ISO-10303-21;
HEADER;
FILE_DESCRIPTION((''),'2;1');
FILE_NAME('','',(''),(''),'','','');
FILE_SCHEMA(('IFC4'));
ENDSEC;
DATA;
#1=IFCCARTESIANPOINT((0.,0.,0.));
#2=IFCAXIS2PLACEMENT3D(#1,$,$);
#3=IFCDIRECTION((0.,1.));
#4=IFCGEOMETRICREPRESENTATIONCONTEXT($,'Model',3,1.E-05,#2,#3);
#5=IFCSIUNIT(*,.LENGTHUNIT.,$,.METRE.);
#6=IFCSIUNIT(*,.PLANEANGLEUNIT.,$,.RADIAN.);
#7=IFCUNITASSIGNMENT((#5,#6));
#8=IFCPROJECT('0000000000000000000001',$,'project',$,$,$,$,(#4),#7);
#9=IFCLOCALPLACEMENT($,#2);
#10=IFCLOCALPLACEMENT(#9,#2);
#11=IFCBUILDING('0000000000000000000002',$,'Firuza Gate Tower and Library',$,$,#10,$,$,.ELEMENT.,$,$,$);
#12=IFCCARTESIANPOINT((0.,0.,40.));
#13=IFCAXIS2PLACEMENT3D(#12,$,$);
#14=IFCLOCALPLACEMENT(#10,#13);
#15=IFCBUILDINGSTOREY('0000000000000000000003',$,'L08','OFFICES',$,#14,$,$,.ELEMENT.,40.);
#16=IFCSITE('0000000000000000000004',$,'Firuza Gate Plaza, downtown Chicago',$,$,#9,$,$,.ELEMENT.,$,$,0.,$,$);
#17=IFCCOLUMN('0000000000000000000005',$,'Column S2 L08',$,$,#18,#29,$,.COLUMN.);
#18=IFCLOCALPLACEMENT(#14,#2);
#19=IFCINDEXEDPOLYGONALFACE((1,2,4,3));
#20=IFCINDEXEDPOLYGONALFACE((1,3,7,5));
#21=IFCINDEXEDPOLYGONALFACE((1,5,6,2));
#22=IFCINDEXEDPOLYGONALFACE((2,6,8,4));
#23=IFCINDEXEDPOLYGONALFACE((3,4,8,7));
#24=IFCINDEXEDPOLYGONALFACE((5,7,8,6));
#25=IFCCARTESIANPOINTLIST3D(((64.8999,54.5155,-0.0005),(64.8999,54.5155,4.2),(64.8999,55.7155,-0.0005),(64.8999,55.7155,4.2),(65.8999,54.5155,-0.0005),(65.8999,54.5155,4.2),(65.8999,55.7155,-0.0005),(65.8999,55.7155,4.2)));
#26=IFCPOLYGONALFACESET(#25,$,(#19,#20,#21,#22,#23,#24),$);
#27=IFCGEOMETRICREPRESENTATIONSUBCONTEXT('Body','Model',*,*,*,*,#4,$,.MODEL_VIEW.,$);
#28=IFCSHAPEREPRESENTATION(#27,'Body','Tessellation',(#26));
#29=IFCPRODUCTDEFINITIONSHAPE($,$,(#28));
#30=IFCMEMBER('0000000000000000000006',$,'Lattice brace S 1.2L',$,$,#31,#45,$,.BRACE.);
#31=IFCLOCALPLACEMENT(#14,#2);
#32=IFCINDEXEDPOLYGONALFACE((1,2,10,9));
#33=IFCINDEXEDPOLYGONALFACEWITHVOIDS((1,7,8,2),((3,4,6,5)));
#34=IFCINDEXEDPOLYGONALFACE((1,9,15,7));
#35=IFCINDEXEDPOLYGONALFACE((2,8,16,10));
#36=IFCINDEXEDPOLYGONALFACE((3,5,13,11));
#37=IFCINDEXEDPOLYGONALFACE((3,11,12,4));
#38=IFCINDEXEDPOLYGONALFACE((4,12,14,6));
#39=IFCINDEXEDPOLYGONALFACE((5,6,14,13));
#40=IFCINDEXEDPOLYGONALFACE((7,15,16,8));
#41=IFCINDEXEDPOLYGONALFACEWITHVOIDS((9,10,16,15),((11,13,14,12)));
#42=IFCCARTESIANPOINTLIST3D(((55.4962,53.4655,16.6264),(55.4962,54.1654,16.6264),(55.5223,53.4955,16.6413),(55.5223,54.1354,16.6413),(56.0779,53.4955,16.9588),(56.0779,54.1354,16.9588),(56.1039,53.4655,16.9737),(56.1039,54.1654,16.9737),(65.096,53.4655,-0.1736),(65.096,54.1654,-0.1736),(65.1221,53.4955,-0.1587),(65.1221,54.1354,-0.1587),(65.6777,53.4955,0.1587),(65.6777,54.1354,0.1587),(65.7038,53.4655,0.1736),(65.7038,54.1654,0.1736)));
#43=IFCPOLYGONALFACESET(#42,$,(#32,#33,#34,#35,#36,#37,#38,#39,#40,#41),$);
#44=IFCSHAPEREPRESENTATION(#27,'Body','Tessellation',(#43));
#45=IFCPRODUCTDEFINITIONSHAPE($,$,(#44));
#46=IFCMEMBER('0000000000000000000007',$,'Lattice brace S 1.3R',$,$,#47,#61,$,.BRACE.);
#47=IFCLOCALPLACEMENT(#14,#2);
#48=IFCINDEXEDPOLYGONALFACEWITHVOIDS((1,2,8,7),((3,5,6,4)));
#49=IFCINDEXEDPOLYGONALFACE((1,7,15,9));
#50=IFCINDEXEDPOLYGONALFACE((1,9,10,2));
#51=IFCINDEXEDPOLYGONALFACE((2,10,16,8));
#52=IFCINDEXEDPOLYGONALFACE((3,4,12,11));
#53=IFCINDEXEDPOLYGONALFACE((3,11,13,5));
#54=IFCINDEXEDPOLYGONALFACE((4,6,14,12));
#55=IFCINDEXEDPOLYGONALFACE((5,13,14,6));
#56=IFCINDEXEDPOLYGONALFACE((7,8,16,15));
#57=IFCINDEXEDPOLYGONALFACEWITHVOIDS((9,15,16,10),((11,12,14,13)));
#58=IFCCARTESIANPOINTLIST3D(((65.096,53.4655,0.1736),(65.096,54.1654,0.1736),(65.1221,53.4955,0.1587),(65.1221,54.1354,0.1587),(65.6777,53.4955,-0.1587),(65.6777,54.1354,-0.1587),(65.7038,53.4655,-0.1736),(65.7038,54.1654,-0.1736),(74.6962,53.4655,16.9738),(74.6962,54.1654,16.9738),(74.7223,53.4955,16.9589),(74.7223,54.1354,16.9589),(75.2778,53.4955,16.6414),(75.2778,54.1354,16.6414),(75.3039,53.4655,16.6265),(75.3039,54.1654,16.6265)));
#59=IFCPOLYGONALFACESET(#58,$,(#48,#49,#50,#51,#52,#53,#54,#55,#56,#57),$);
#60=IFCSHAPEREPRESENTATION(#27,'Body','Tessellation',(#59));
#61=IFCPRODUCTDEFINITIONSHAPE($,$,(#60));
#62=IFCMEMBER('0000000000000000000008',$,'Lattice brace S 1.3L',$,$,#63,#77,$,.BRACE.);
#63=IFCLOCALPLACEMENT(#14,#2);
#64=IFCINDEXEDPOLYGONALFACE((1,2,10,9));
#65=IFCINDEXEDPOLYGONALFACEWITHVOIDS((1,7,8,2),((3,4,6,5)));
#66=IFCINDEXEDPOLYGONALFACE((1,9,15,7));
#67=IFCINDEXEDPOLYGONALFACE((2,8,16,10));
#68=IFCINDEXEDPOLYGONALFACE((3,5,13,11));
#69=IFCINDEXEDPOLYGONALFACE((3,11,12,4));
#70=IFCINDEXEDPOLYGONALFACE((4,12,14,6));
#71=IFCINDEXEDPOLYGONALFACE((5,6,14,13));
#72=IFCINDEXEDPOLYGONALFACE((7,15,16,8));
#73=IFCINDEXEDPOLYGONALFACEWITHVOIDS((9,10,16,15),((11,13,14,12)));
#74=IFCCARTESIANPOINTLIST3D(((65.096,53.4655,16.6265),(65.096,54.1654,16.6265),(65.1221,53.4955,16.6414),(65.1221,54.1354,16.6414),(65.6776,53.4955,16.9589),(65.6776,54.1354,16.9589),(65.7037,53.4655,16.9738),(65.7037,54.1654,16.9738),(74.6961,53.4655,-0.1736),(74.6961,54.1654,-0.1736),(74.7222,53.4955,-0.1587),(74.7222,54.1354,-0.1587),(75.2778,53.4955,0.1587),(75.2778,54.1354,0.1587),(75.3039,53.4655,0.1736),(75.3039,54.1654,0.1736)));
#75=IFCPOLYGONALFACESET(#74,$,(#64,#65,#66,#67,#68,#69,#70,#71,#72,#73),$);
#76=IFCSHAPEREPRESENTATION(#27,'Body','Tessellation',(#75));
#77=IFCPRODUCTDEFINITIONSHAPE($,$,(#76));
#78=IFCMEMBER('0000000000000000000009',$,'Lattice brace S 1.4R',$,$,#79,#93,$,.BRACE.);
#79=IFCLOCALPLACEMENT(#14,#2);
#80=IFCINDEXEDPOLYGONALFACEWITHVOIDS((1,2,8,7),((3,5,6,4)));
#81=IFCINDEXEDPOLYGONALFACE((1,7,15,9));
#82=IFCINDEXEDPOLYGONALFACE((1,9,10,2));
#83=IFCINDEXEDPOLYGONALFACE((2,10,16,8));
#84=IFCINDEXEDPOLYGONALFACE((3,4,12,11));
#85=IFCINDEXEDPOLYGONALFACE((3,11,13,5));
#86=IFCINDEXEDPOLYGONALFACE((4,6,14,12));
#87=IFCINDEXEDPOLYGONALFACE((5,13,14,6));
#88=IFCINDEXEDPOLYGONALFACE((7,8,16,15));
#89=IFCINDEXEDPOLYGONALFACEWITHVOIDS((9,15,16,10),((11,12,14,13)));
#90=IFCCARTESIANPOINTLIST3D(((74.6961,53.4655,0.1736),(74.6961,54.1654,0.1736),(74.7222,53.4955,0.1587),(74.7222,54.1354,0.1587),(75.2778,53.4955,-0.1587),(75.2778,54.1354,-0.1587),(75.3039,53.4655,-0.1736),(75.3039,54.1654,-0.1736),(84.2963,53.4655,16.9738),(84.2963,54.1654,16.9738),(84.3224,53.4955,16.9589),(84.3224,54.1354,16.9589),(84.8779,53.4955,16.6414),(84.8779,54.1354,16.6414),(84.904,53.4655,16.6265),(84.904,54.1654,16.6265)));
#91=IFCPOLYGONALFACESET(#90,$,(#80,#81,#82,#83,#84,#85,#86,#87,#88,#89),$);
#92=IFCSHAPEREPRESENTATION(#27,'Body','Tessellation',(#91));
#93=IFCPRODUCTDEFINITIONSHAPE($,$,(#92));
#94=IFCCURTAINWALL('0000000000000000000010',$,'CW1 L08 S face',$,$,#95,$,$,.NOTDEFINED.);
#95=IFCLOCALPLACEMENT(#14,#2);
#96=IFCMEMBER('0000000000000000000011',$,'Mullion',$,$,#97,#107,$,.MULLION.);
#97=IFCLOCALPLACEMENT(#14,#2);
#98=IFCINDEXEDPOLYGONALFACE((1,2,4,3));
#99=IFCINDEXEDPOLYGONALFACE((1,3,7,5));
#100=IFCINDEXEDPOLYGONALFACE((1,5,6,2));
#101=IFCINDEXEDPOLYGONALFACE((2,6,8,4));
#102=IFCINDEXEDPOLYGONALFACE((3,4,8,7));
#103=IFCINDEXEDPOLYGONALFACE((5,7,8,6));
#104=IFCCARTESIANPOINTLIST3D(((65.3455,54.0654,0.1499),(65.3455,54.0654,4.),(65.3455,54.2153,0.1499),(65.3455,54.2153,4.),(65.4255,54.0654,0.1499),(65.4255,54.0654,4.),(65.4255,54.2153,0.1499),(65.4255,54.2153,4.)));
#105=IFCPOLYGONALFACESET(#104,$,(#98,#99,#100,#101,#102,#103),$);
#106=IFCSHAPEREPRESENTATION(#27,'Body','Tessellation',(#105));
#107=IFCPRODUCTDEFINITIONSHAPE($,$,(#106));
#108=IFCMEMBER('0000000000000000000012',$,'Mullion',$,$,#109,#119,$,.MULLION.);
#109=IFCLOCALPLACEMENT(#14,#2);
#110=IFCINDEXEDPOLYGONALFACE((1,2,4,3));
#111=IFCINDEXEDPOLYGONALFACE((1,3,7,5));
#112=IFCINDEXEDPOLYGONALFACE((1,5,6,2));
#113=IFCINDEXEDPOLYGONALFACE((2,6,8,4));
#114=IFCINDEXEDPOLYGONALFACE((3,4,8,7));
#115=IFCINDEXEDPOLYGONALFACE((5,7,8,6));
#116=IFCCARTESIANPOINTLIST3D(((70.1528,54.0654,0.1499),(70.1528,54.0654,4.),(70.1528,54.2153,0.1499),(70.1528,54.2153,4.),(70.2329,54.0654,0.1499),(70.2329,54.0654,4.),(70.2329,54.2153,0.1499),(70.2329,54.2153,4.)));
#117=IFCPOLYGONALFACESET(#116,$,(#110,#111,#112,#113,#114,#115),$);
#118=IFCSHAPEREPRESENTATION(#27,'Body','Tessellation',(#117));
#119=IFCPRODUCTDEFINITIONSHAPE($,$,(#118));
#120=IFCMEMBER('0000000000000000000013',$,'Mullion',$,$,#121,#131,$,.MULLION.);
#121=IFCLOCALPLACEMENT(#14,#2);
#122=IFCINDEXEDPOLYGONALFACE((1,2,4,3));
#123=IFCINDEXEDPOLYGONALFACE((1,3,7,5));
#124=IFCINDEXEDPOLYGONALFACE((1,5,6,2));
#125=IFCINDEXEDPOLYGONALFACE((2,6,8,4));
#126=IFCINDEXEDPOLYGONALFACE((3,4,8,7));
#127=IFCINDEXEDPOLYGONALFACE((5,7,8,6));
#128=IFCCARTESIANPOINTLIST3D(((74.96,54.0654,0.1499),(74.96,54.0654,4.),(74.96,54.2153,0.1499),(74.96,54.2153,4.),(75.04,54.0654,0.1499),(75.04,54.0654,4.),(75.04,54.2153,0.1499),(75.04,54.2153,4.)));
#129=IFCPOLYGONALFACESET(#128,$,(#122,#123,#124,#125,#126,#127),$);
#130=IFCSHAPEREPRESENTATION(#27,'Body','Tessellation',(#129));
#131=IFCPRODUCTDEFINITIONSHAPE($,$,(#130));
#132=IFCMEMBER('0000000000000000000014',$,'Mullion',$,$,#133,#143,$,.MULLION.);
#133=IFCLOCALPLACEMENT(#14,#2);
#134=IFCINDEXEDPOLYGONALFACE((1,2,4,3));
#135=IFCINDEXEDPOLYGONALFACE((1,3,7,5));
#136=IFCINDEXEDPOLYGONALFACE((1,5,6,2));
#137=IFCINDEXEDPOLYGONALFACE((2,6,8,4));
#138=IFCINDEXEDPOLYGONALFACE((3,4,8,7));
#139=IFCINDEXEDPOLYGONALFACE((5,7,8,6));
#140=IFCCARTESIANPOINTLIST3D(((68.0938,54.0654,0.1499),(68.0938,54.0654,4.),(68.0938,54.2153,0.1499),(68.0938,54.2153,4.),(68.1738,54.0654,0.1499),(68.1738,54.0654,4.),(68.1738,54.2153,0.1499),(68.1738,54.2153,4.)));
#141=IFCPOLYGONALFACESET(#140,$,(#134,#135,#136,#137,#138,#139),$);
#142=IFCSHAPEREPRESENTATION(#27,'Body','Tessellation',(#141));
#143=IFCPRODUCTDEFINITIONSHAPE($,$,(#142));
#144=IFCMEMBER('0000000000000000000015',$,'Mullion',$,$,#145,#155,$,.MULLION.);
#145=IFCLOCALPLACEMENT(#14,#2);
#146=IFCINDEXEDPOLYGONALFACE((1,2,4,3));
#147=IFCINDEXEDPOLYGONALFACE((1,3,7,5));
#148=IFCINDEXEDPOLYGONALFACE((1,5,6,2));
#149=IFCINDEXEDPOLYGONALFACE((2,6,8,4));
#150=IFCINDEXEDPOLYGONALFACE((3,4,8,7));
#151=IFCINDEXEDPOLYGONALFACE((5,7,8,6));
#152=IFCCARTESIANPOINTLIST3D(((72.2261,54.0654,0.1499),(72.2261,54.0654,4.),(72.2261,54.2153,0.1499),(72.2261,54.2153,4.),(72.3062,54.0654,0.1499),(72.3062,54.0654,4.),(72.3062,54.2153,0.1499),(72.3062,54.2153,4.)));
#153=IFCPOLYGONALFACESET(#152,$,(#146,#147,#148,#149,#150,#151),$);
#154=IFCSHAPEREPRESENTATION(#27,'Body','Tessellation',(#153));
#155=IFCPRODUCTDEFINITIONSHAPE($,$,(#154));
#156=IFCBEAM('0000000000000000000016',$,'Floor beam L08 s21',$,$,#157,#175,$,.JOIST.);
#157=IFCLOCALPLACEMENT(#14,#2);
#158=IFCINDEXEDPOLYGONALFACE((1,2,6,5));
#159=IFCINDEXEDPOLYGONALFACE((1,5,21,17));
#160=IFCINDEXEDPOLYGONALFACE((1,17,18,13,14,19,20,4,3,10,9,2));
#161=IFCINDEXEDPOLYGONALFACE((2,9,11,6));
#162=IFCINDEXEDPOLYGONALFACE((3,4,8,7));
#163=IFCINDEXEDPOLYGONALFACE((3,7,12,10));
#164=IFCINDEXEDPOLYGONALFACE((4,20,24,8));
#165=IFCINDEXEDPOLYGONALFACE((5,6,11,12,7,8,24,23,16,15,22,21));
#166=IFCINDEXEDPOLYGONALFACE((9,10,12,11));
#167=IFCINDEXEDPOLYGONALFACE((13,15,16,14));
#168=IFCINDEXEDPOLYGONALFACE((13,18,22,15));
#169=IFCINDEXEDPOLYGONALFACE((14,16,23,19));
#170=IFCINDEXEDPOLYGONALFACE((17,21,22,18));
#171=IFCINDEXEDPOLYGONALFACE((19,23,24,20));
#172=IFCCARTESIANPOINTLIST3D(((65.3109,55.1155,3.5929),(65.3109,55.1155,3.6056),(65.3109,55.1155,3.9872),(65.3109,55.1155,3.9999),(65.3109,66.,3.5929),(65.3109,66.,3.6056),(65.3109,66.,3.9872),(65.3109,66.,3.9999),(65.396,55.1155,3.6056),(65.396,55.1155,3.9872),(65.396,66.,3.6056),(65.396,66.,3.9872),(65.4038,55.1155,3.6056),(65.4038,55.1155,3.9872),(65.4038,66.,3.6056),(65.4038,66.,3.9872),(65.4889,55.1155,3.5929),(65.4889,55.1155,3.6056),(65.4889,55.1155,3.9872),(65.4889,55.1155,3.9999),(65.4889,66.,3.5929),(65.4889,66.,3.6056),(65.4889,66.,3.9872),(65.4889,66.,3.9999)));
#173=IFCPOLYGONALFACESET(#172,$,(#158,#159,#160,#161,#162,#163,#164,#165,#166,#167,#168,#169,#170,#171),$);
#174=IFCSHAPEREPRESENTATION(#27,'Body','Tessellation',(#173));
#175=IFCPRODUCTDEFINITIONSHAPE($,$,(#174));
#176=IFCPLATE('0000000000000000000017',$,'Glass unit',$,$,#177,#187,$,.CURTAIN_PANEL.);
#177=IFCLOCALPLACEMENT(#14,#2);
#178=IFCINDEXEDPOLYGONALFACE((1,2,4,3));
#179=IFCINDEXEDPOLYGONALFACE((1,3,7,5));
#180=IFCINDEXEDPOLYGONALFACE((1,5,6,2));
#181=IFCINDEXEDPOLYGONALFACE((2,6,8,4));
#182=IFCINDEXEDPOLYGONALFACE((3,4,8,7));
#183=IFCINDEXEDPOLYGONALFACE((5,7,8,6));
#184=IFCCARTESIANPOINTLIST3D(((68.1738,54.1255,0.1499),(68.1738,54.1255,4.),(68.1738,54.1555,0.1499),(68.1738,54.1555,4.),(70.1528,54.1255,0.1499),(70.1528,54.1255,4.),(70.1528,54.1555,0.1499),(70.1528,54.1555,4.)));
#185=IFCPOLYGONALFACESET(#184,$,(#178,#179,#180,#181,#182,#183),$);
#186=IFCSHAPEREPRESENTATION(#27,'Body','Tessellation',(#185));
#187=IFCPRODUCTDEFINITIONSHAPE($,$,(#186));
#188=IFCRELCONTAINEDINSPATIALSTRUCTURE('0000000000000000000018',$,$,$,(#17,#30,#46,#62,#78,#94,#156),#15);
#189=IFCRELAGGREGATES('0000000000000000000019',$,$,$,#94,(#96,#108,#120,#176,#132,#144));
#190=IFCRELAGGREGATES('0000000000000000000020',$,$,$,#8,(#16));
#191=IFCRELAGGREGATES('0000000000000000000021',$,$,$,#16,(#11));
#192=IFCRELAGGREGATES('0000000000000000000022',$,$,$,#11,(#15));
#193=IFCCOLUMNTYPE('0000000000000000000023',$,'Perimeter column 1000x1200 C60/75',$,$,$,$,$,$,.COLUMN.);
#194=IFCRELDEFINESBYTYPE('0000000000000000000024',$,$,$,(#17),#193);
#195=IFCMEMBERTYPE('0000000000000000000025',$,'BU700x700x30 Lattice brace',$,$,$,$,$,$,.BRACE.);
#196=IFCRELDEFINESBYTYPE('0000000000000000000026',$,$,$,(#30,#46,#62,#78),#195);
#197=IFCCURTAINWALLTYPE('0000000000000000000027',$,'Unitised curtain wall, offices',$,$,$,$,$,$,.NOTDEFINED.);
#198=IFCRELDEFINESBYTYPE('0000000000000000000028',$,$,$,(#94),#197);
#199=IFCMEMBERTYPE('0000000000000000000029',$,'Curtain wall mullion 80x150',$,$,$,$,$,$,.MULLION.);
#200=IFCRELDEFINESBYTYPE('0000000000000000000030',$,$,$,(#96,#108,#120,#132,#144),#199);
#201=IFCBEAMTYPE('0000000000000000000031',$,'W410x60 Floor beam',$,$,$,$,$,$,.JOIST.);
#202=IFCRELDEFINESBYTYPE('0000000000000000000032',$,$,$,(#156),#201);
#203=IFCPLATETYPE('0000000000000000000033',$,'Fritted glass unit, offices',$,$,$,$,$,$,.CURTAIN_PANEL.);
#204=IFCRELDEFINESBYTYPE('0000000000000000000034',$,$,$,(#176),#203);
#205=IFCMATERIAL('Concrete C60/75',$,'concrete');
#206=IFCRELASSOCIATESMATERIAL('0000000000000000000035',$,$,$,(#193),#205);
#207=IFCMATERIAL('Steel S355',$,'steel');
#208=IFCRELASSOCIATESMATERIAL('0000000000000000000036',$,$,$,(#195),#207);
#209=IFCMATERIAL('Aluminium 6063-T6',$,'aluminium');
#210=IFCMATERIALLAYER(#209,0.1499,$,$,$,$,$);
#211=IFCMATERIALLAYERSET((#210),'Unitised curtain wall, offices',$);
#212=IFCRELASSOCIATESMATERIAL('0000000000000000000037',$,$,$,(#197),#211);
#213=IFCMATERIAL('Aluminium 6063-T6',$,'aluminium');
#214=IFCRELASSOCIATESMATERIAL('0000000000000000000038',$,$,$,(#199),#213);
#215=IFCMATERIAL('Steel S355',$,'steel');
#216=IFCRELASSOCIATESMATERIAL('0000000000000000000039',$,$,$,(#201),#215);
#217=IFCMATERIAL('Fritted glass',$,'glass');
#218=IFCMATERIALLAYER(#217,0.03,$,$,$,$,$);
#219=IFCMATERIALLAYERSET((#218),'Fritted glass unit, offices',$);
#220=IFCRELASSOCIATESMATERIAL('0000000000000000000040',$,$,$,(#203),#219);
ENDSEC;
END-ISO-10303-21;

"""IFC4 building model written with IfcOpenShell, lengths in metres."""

from ifc_helpers import new_model, si_unit, direction, frame, origin, origin_2d, place, context, subcontext, project, spatial, polyline, rectangle, hollow_rectangle, i_section, outline, extrude, material, layer, layer_set, material_profile, profile_set, type_object, element, aggregate, save


model = new_model("IFC4")

# Units and contexts
model_context = context("Model", 3, precision=1e-05, world=origin(), true_north=direction((0.0, 1.0)))
body_context = subcontext(model_context, "Body", "Model", "MODEL_VIEW")
ifc_project = project(units=[si_unit("LENGTHUNIT", "METRE"), si_unit("PLANEANGLEUNIT", "RADIAN")], contexts=[model_context])

# Site, building, storey
site_placement = place(None, origin())
site = spatial("IfcSite", under=ifc_project, at=site_placement, Name="Firuza Gate Plaza, downtown Chicago", CompositionType="ELEMENT", RefElevation=0.0)
building_placement = place(site_placement, origin())
building = spatial("IfcBuilding", under=site, at=building_placement, Name="Firuza Gate Tower and Library", CompositionType="ELEMENT")
storey_placement = place(building_placement, frame((0.0, 0.0, 40.0)))
storey = spatial("IfcBuildingStorey", under=building, at=storey_placement, Name="L08", Description="OFFICES", CompositionType="ELEMENT", Elevation=40.0)

# Column
ifc_material_1 = material(Name="Concrete C60/75", Category="concrete")
ifc_material_profile_1 = material_profile(ifc_material_1, rectangle(XDim=1.0, YDim=1.2, at=origin_2d()))
ifc_profile_set_1 = profile_set([ifc_material_profile_1], Name="Concrete C60/75")
column_type = type_object("IfcColumnType", Name="Perimeter column 1000x1200 C60/75", PredefinedType="COLUMN", material=ifc_profile_set_1)
column_placement = place(storey_placement, frame((65.3999, 55.1155, -0.0005), z_axis=(0.0, 0.0, 1.0), x_axis=(1.0, 0.0, 0.0)))
element("IfcColumn", 1, at=column_placement, inside=storey, type_object=column_type, Name="Column S2 L08", PredefinedType="COLUMN", context=body_context, shape_type="SweptSolid", body=[
    extrude(rectangle(XDim=1.0, YDim=1.2, at=origin_2d()), origin(), (0.0, 0.0, 1.0), 4.2004),
])

# Members
ifc_material_2 = material(Name="Steel S355", Category="steel")
ifc_material_profile_2 = material_profile(ifc_material_2, hollow_rectangle(XDim=0.7, YDim=0.7, WallThickness=0.03, at=origin_2d()))
ifc_profile_set_2 = profile_set([ifc_material_profile_2], Name="Steel S355")
member_type_1 = type_object("IfcMemberType", Name="BU700x700x30 Lattice brace", PredefinedType="BRACE", material=ifc_profile_set_2)
member_1_placement = place(storey_placement, frame((65.3999, 53.8154, 0.0), z_axis=(-0.496132, 0.0, 0.868247), x_axis=(0.0, -1.0, 0.0)))
element("IfcMember", 2, at=member_1_placement, inside=storey, type_object=member_type_1, Name="Lattice brace S 1.2L", PredefinedType="BRACE", context=body_context, shape_type="SweptSolid", body=[
    extrude(hollow_rectangle(XDim=0.7, YDim=0.7, WallThickness=0.03, at=origin_2d()), origin(), (0.0, 0.0, 1.0), 19.3494),
])
for number, where, z_axis, x_axis, name in (
    (3, (65.3999, 53.8154, 0.0), (0.496142, 0.0, 0.868242), (0.0, 1.0, 0.0), "Lattice brace S 1.3R"),
    (4, (75.0, 53.8154, 0.0), (-0.496142, 0.0, 0.868242), (0.0, -1.0, 0.0), "Lattice brace S 1.3L"),
    (5, (75.0, 53.8154, 0.0), (0.496142, 0.0, 0.868242), (0.0, 1.0, 0.0), "Lattice brace S 1.4R"),
):
    element("IfcMember", number, at=place(storey_placement, frame(where, z_axis=z_axis, x_axis=x_axis)), inside=storey, type_object=member_type_1, Name=name, PredefinedType="BRACE", context=body_context, shape_type="SweptSolid", body=[
        extrude(hollow_rectangle(XDim=0.7, YDim=0.7, WallThickness=0.03, at=origin_2d()), origin(), (0.0, 0.0, 1.0), 19.3496),
    ])

# Curtain wall, members
ifc_material_3 = material(Name="Aluminium 6063-T6", Category="aluminium")
ifc_layer_1 = layer(ifc_material_3, 0.1499)
ifc_layer_set_1 = layer_set([ifc_layer_1], Name="Unitised curtain wall, offices")
curtain_wall_type = type_object("IfcCurtainWallType", Name="Unitised curtain wall, offices", PredefinedType="NOTDEFINED", material=ifc_layer_set_1)
curtain_wall_placement = place(storey_placement, origin())
curtain_wall = element("IfcCurtainWall", 6, at=curtain_wall_placement, inside=storey, type_object=curtain_wall_type, Name="CW1 L08 S face", PredefinedType="NOTDEFINED")
ifc_material_4 = material(Name="Aluminium 6063-T6", Category="aluminium")
ifc_material_profile_3 = material_profile(ifc_material_4, rectangle(XDim=0.1499, YDim=0.0801, at=origin_2d()))
ifc_profile_set_3 = profile_set([ifc_material_profile_3], Name="Aluminium 6063-T6")
member_type_2 = type_object("IfcMemberType", Name="Curtain wall mullion 80x150", PredefinedType="MULLION", material=ifc_profile_set_3)
member_2_placement = place(storey_placement, frame((65.3855, 54.1404, 0.1499), z_axis=(0.0, 0.0, 1.0), x_axis=(0.0, 1.0, 0.0)))
member_2 = element("IfcMember", 7, at=member_2_placement, type_object=member_type_2, Name="Mullion", PredefinedType="MULLION", context=body_context, shape_type="SweptSolid", body=[
    extrude(rectangle(XDim=0.1499, YDim=0.0801, at=origin_2d()), origin(), (0.0, 0.0, 1.0), 3.8501),
])
member_3_placement = place(storey_placement, frame((70.1929, 54.1404, 0.1499), z_axis=(0.0, 0.0, 1.0), x_axis=(0.0, 1.0, 0.0)))
member_3 = element("IfcMember", 8, at=member_3_placement, type_object=member_type_2, Name="Mullion", PredefinedType="MULLION", context=body_context, shape_type="SweptSolid", body=[
    extrude(rectangle(XDim=0.1499, YDim=0.0801, at=origin_2d()), origin(), (0.0, 0.0, 1.0), 3.8501),
])
member_4_placement = place(storey_placement, frame((75.0, 54.1404, 0.1499), z_axis=(0.0, 0.0, 1.0), x_axis=(0.0, 1.0, 0.0)))
member_4 = element("IfcMember", 9, at=member_4_placement, type_object=member_type_2, Name="Mullion", PredefinedType="MULLION", context=body_context, shape_type="SweptSolid", body=[
    extrude(rectangle(XDim=0.1499, YDim=0.0801, at=origin_2d()), origin(), (0.0, 0.0, 1.0), 3.8501),
])
member_5_placement = place(storey_placement, frame((68.1338, 54.1404, 0.1499), z_axis=(0.0, 0.0, 1.0), x_axis=(0.0, 1.0, 0.0)))
member_5 = element("IfcMember", 10, at=member_5_placement, type_object=member_type_2, Name="Mullion", PredefinedType="MULLION", context=body_context, shape_type="SweptSolid", body=[
    extrude(rectangle(XDim=0.1499, YDim=0.0801, at=origin_2d()), origin(), (0.0, 0.0, 1.0), 3.8501),
])
member_6_placement = place(storey_placement, frame((72.2661, 54.1404, 0.1499), z_axis=(0.0, 0.0, 1.0), x_axis=(0.0, 1.0, 0.0)))
member_6 = element("IfcMember", 11, at=member_6_placement, type_object=member_type_2, Name="Mullion", PredefinedType="MULLION", context=body_context, shape_type="SweptSolid", body=[
    extrude(rectangle(XDim=0.1499, YDim=0.0801, at=origin_2d()), origin(), (0.0, 0.0, 1.0), 3.8501),
])

# Beam
ifc_material_5 = material(Name="Steel S355", Category="steel")
ifc_material_profile_4 = material_profile(ifc_material_5, i_section(OverallWidth=0.178, OverallDepth=0.407, WebThickness=0.0078, FlangeThickness=0.0127, at=origin_2d()))
ifc_profile_set_4 = profile_set([ifc_material_profile_4], Name="Steel S355")
beam_type = type_object("IfcBeamType", Name="W410x60 Floor beam", PredefinedType="JOIST", material=ifc_profile_set_4)
beam_placement = place(storey_placement, frame((65.3999, 55.1155, 3.7964), z_axis=(0.0, 1.0, 0.0), x_axis=(-1.0, 0.0, 0.0)))
element("IfcBeam", 12, at=beam_placement, inside=storey, type_object=beam_type, Name="Floor beam L08 s21", PredefinedType="JOIST", context=body_context, shape_type="SweptSolid", body=[
    extrude(i_section(OverallWidth=0.178, OverallDepth=0.407, WebThickness=0.0078, FlangeThickness=0.0127, at=origin_2d()), origin(), (0.0, 0.0, 1.0), 10.8845),
])

# Plate
ifc_material_6 = material(Name="Fritted glass", Category="glass")
ifc_layer_2 = layer(ifc_material_6, 0.03)
ifc_layer_set_2 = layer_set([ifc_layer_2], Name="Fritted glass unit, offices")
plate_type_1 = type_object("IfcPlateType", Name="Fritted glass unit, offices", PredefinedType="CURTAIN_PANEL", material=ifc_layer_set_2)
plate_1_placement = place(storey_placement, frame((68.1738, 54.1255, 0.1499), z_axis=(0.0, -1.0, 0.0), x_axis=(1.0, 0.0, 0.0)))
plate_1 = element("IfcPlate", 13, at=plate_1_placement, type_object=plate_type_1, Name="Glass unit", PredefinedType="CURTAIN_PANEL", context=body_context, shape_type="SweptSolid", body=[
    extrude(outline(polyline([(0.0, 0.0), (1.979, 0.0), (1.979, 3.8501), (0.0, 3.8501), (0.0, 0.0)])), origin(), (0.0, 0.0, -1.0), 0.03),
])
aggregate(curtain_wall, [member_2, member_3, member_4, plate_1, member_5, member_6])

save(model, "model.ifc")
